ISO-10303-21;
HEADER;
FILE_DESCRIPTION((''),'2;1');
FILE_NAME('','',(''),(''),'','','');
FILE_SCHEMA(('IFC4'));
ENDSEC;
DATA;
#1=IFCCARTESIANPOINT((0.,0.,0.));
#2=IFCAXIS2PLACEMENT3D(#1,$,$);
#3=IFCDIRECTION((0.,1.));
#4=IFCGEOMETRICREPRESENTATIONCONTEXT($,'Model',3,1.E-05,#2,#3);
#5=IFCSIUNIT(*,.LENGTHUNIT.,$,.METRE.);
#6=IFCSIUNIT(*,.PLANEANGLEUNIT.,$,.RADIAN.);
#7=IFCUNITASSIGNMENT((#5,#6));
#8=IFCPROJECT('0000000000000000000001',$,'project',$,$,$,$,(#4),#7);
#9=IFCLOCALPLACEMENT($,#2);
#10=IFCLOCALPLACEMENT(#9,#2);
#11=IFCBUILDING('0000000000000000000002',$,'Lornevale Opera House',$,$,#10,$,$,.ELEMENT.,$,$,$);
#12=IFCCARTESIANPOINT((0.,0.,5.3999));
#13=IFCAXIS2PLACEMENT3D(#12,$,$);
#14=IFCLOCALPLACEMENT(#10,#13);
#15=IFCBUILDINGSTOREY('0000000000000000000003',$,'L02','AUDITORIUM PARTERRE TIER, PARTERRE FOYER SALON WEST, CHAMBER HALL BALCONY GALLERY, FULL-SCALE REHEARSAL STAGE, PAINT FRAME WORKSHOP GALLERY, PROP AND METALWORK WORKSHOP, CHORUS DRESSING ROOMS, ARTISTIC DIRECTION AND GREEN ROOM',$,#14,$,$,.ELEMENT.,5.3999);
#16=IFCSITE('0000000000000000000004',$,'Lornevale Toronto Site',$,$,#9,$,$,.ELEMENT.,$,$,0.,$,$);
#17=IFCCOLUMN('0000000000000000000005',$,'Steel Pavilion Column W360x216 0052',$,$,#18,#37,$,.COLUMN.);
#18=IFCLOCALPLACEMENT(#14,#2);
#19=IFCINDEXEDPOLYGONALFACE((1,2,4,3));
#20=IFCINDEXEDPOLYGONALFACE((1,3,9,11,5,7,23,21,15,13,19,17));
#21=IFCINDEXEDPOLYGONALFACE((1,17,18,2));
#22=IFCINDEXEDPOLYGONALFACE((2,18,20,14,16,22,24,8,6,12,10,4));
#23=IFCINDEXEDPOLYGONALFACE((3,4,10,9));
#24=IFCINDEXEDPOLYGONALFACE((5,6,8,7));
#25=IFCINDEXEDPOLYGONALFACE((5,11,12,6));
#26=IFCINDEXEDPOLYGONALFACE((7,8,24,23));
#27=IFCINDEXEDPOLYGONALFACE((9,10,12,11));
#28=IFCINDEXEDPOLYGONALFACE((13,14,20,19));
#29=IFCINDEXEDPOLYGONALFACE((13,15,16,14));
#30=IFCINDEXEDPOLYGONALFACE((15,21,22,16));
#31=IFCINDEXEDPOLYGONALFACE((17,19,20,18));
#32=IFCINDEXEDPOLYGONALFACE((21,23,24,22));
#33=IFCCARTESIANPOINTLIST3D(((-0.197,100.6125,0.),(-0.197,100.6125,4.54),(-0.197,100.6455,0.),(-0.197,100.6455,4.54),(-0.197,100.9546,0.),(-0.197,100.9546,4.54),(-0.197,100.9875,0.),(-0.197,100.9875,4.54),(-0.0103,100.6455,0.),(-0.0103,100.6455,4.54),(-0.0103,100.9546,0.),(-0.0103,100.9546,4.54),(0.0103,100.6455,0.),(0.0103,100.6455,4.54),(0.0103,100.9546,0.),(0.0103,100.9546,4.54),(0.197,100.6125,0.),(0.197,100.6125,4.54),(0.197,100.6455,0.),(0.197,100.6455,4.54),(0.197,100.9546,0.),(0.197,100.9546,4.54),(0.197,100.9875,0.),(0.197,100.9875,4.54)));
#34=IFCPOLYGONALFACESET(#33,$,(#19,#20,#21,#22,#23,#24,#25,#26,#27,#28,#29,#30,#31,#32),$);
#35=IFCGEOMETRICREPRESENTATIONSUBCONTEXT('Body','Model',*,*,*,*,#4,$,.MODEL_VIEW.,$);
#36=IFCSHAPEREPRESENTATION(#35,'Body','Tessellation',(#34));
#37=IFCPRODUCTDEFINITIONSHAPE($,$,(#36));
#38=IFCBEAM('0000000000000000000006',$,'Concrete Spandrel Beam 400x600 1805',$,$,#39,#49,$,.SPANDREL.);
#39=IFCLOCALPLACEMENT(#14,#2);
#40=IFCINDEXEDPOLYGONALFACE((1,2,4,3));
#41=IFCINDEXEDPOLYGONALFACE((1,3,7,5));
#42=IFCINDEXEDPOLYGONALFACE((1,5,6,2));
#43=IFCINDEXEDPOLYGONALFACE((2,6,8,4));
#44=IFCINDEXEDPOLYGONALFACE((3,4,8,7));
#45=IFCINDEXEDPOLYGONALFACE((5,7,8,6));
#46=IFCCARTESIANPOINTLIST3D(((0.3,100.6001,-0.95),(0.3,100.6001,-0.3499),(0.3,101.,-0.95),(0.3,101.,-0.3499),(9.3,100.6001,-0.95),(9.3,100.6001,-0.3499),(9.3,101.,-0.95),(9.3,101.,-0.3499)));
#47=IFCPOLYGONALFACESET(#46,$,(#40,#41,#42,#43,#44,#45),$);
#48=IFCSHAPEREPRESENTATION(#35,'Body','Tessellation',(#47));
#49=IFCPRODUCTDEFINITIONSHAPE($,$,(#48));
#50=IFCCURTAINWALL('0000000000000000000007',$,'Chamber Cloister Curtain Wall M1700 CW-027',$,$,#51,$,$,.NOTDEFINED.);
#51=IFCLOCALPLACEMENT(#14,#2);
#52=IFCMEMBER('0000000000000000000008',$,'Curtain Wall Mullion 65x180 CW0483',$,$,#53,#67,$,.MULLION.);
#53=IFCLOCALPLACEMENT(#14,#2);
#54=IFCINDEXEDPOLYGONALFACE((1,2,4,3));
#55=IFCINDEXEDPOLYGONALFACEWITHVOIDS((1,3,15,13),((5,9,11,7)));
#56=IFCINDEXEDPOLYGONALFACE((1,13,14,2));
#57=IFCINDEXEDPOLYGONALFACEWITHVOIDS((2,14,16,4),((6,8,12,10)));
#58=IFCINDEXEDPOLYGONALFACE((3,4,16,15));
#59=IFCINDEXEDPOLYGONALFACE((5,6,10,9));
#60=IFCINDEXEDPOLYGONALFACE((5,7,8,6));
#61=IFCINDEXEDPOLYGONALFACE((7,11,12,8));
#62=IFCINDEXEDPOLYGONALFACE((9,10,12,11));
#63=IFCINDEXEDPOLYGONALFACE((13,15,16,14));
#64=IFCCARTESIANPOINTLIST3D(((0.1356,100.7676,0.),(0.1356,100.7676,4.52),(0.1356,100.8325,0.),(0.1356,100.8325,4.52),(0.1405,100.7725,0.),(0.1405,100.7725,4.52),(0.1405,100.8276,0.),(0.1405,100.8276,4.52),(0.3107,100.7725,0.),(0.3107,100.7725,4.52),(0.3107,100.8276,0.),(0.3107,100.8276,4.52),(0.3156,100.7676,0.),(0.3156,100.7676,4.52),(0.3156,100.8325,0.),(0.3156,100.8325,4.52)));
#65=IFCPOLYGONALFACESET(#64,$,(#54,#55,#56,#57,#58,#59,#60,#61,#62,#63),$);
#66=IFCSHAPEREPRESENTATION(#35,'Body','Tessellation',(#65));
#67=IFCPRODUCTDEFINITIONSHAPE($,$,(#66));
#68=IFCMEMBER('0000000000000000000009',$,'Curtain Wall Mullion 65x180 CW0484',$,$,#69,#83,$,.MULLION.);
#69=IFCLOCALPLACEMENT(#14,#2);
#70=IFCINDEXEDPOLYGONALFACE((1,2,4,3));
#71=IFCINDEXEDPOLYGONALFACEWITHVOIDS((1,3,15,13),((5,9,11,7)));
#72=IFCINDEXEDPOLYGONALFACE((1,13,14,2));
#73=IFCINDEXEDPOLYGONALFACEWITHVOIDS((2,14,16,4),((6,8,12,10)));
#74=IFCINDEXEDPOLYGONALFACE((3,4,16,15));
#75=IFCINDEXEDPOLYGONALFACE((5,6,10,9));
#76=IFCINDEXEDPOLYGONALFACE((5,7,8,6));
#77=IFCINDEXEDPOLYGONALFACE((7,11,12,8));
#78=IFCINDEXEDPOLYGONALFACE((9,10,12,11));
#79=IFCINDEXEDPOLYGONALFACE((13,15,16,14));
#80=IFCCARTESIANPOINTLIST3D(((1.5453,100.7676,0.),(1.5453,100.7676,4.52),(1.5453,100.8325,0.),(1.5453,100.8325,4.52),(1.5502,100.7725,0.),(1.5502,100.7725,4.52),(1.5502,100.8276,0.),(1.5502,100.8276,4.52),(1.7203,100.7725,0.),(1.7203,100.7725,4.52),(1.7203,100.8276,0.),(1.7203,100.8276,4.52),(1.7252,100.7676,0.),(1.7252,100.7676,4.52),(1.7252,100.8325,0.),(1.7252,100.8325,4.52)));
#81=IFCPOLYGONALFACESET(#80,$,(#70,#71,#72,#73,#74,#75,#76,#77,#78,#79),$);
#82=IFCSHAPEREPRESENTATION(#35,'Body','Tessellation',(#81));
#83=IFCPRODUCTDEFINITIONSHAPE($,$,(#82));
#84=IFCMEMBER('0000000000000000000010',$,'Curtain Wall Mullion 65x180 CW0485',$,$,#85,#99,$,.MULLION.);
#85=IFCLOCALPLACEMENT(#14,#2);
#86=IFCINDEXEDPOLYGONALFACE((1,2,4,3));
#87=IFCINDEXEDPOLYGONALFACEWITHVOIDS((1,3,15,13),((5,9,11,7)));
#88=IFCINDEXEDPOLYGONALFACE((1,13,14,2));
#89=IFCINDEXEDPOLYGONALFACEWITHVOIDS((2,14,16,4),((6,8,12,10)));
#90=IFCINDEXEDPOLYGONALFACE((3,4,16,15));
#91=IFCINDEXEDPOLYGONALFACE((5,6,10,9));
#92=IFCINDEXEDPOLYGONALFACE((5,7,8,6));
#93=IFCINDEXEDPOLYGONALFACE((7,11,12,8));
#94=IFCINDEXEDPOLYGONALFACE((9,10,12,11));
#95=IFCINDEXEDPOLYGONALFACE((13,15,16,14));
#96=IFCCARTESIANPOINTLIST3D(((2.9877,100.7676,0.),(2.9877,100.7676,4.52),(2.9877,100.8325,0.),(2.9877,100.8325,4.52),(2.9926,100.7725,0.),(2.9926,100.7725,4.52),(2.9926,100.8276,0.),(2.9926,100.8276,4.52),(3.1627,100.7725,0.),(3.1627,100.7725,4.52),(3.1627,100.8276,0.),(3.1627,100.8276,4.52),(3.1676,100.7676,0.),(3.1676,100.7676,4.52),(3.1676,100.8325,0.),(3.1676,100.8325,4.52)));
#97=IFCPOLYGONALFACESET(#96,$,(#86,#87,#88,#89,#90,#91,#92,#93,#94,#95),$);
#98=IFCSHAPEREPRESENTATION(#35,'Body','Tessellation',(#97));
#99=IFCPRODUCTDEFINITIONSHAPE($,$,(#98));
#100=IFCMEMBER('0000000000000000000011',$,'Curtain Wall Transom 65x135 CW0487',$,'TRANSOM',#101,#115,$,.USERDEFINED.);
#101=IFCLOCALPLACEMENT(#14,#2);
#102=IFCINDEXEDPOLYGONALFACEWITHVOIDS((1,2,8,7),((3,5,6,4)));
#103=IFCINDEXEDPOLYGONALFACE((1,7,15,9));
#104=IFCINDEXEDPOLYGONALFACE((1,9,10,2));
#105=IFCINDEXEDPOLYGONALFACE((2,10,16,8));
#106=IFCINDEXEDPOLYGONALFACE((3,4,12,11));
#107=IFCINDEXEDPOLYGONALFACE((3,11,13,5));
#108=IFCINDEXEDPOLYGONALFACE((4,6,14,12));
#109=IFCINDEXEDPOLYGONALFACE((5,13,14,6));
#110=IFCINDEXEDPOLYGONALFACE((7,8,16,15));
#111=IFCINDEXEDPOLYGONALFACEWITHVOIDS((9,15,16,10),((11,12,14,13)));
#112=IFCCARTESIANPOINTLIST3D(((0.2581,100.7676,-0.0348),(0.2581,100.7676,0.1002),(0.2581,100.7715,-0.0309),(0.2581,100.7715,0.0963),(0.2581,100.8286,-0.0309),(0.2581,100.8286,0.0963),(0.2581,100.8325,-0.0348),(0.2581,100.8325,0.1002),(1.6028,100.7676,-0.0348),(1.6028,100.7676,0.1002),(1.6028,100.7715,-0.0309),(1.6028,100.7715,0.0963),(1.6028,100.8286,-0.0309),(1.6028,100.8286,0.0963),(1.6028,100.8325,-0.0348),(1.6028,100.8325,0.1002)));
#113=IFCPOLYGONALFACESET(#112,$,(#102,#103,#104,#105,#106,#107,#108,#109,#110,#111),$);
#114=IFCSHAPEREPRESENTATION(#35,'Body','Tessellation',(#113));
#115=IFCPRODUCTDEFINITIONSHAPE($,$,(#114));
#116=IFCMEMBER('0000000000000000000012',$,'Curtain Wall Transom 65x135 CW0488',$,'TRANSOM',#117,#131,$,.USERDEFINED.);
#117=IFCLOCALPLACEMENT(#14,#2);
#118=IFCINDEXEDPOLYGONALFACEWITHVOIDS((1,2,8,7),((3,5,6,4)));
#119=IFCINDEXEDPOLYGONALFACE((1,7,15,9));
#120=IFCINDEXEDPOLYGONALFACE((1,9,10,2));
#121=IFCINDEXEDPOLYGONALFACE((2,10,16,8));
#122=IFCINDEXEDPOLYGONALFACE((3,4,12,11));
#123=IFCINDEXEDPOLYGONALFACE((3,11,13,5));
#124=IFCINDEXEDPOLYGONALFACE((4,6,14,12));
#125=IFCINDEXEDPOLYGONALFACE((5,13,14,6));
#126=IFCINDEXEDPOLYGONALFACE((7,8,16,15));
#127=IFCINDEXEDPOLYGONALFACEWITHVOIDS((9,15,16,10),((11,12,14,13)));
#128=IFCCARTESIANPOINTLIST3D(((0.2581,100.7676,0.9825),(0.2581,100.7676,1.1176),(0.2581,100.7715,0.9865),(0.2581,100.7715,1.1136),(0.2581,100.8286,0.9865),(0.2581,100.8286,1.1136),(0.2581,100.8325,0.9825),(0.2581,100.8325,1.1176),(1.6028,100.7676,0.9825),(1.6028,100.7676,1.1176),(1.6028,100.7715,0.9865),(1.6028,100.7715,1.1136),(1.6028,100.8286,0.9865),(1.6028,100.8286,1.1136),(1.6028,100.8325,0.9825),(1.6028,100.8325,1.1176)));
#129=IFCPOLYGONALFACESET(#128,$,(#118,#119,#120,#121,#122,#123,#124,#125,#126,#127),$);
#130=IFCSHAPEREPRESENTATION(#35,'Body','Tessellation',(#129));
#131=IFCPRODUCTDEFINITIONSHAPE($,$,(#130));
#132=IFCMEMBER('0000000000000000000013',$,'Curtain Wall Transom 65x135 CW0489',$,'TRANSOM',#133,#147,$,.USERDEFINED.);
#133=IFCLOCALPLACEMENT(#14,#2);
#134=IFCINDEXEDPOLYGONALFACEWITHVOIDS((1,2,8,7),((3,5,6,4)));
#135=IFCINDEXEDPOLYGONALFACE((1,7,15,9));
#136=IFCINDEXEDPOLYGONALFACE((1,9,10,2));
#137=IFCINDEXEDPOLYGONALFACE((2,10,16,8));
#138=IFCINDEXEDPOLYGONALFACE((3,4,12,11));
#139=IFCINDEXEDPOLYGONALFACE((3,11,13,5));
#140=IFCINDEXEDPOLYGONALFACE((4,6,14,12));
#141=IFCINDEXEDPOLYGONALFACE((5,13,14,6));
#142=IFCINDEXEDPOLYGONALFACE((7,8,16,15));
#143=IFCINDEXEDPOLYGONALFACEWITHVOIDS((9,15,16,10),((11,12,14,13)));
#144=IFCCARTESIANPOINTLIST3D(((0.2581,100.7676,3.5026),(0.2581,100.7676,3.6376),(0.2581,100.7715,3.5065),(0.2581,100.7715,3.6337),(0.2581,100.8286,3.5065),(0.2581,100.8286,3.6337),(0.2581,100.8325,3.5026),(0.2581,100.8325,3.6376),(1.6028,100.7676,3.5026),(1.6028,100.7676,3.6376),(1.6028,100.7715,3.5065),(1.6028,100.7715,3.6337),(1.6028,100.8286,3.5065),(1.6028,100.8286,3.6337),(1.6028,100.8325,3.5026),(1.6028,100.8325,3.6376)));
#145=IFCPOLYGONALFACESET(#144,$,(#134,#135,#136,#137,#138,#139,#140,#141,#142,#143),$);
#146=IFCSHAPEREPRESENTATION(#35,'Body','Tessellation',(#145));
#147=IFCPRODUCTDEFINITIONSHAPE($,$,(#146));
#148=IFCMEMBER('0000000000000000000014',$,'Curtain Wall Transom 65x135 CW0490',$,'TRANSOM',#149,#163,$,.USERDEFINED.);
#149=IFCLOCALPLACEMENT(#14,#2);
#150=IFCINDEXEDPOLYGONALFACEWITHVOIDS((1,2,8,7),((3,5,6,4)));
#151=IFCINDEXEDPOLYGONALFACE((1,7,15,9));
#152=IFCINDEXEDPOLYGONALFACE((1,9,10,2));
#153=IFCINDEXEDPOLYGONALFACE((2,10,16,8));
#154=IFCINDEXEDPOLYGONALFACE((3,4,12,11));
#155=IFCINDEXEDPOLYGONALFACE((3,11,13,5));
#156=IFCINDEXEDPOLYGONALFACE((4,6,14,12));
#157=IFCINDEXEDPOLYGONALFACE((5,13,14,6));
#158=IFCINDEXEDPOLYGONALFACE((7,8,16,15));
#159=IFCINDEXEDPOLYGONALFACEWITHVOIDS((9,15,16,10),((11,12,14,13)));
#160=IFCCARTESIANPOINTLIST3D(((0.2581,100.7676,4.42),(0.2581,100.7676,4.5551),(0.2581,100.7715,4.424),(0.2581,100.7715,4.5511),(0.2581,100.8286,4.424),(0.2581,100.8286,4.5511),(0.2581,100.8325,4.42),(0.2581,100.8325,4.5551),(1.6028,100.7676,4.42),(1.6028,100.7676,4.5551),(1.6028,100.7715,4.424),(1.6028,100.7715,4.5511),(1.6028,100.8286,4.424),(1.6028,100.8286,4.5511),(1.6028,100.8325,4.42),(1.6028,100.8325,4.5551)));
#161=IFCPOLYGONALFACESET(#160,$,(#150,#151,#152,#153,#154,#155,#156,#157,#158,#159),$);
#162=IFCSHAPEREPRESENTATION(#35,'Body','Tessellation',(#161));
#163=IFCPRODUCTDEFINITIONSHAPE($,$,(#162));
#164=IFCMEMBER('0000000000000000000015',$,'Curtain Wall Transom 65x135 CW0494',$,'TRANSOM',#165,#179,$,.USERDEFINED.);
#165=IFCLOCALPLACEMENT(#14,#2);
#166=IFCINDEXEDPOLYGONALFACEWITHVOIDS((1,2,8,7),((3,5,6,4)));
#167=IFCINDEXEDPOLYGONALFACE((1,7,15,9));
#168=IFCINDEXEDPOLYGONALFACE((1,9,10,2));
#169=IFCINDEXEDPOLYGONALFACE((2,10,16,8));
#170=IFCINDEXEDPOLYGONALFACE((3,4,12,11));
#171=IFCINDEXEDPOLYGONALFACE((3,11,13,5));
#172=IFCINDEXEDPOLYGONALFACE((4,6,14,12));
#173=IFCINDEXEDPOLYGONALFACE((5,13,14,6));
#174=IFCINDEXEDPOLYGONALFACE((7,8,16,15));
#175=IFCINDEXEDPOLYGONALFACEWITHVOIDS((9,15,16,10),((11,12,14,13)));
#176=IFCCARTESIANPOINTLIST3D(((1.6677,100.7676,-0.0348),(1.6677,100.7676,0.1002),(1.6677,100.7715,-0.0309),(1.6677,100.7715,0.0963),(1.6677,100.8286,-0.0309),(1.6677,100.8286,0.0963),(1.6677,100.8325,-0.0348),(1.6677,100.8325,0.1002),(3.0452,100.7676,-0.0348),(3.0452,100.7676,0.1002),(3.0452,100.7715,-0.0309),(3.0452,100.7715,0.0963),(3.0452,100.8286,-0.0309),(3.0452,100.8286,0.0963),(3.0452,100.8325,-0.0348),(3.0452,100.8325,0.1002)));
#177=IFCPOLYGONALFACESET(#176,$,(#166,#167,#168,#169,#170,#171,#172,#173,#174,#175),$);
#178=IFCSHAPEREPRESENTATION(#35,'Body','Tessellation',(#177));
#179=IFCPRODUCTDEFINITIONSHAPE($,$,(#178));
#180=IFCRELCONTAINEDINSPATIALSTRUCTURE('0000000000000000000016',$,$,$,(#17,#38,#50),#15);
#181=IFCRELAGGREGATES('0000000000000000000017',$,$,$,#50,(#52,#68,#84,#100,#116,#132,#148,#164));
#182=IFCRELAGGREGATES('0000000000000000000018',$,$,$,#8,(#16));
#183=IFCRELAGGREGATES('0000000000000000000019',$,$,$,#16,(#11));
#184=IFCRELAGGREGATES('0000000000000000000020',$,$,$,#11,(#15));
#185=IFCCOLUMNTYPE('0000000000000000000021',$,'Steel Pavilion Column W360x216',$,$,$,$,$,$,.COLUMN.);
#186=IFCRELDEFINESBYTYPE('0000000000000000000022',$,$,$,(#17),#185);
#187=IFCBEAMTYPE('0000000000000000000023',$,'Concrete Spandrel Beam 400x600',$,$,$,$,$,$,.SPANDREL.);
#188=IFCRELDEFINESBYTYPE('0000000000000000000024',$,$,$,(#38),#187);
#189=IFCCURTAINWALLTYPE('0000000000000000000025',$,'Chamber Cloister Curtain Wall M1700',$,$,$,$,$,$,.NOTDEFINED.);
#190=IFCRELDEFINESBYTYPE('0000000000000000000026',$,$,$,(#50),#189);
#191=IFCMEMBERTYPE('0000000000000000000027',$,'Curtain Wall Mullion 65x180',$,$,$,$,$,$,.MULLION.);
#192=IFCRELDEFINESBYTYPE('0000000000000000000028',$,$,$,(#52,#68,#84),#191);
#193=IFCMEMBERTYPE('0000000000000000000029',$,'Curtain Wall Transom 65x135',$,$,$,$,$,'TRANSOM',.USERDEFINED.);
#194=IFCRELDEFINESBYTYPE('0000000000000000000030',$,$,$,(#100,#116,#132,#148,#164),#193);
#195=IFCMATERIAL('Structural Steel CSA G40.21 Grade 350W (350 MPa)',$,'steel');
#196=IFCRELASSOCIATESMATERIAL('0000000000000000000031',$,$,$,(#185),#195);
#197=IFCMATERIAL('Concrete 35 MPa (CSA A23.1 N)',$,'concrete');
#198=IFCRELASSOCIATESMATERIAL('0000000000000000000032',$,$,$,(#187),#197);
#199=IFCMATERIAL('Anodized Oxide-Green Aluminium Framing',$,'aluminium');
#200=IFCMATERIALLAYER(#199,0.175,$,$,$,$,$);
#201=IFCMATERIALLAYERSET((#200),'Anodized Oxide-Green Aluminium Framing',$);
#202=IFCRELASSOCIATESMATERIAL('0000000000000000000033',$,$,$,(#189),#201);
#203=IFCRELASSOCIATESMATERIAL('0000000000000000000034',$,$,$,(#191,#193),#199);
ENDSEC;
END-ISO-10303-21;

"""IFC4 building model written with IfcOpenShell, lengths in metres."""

from ifc_helpers import new_model, si_unit, direction, frame, origin, origin_2d, place, context, subcontext, project, spatial, rectangle, hollow_rectangle, i_section, extrude, material, layer, layer_set, material_profile, profile_set, type_object, element, aggregate, save


model = new_model("IFC4")

# Units and contexts
model_context = context("Model", 3, precision=1e-05, world=origin(), true_north=direction((0.0, 1.0)))
body_context = subcontext(model_context, "Body", "Model", "MODEL_VIEW")
ifc_project = project(units=[si_unit("LENGTHUNIT", "METRE"), si_unit("PLANEANGLEUNIT", "RADIAN")], contexts=[model_context])

# Site, building, storey
site_placement = place(None, origin())
site = spatial("IfcSite", under=ifc_project, at=site_placement, Name="Lornevale Toronto Site", CompositionType="ELEMENT", RefElevation=0.0)
building_placement = place(site_placement, origin())
building = spatial("IfcBuilding", under=site, at=building_placement, Name="Lornevale Opera House", CompositionType="ELEMENT")
storey_placement = place(building_placement, frame((0.0, 0.0, 5.3999)))
storey = spatial("IfcBuildingStorey", under=building, at=storey_placement, Name="L02", Description="AUDITORIUM PARTERRE TIER, PARTERRE FOYER SALON WEST, CHAMBER HALL BALCONY GALLERY, FULL-SCALE REHEARSAL STAGE, PAINT FRAME WORKSHOP GALLERY, PROP AND METALWORK WORKSHOP, CHORUS DRESSING ROOMS, ARTISTIC DIRECTION AND GREEN ROOM", CompositionType="ELEMENT", Elevation=5.3999)

# Column
ifc_material_1 = material(Name="Structural Steel CSA G40.21 Grade 350W (350 MPa)", Category="steel")
ifc_material_profile_1 = material_profile(ifc_material_1, i_section(OverallWidth=0.394, OverallDepth=0.375, WebThickness=0.0205, FlangeThickness=0.033, at=origin_2d()), Name="W360x216")
ifc_profile_set_1 = profile_set([ifc_material_profile_1], Name="Structural Steel CSA G40.21 Grade 350W (350 MPa)")
column_type = type_object("IfcColumnType", Name="Steel Pavilion Column W360x216", PredefinedType="COLUMN", material=ifc_profile_set_1)
column_placement = place(storey_placement, frame((0.0, 100.8, 0.0), z_axis=(0.0, 0.0, 1.0), x_axis=(1.0, 0.0, 0.0)))
element("IfcColumn", 1, at=column_placement, inside=storey, type_object=column_type, Name="Steel Pavilion Column W360x216 0052", PredefinedType="COLUMN", context=body_context, shape_type="SweptSolid", body=[
    extrude(i_section(OverallWidth=0.394, OverallDepth=0.375, WebThickness=0.0205, FlangeThickness=0.033, at=origin_2d()), origin(), (0.0, 0.0, 1.0), 4.54),
])

# Beam
ifc_material_2 = material(Name="Concrete 35 MPa (CSA A23.1 N)", Category="concrete")
ifc_material_profile_2 = material_profile(ifc_material_2, rectangle(XDim=0.3999, YDim=0.6001, at=origin_2d()), Name="RC400x600")
ifc_profile_set_2 = profile_set([ifc_material_profile_2], Name="Concrete 35 MPa (CSA A23.1 N)")
beam_type_1 = type_object("IfcBeamType", Name="Concrete Spandrel Beam 400x600", PredefinedType="SPANDREL", material=ifc_profile_set_2)
beam_1_placement = place(storey_placement, frame((0.3, 100.8, -0.6499), z_axis=(1.0, 0.0, 0.0), x_axis=(0.0, 1.0, 0.0)))
element("IfcBeam", 2, at=beam_1_placement, inside=storey, type_object=beam_type_1, Name="Concrete Spandrel Beam 400x600 1805", PredefinedType="SPANDREL", context=body_context, shape_type="SweptSolid", body=[
    extrude(rectangle(XDim=0.3999, YDim=0.6001, at=origin_2d()), origin(), (0.0, 0.0, 1.0), 9.0),
])

# Curtain wall, members
ifc_material_3 = material(Name="Anodized Oxide-Green Aluminium Framing", Category="aluminium")
ifc_layer_1 = layer(ifc_material_3, 0.175)
ifc_layer_set_1 = layer_set([ifc_layer_1], Name="Anodized Oxide-Green Aluminium Framing")
curtain_wall_type = type_object("IfcCurtainWallType", Name="Chamber Cloister Curtain Wall M1700", PredefinedType="NOTDEFINED", material=ifc_layer_set_1)
curtain_wall_placement = place(storey_placement, origin())
curtain_wall = element("IfcCurtainWall", 3, at=curtain_wall_placement, inside=storey, type_object=curtain_wall_type, Name="Chamber Cloister Curtain Wall M1700 CW-027", PredefinedType="NOTDEFINED")
ifc_material_profile_3 = material_profile(ifc_material_3, hollow_rectangle(XDim=0.0649, YDim=0.1799, WallThickness=0.0049, at=origin_2d()), Name="ALU65x180x5")
ifc_profile_set_3 = profile_set([ifc_material_profile_3], Name="Anodized Oxide-Green Aluminium Framing")
member_type_1 = type_object("IfcMemberType", Name="Curtain Wall Mullion 65x180", PredefinedType="MULLION", material=ifc_profile_set_3)
member_1_placement = place(storey_placement, frame((0.2256, 100.8, 0.0), z_axis=(0.0, 0.0, 1.0), x_axis=(0.0, 1.0, 0.0)))
member_1 = element("IfcMember", 4, at=member_1_placement, type_object=member_type_1, Name="Curtain Wall Mullion 65x180 CW0483", PredefinedType="MULLION", context=body_context, shape_type="SweptSolid", body=[
    extrude(hollow_rectangle(XDim=0.0649, YDim=0.1799, WallThickness=0.0049, at=origin_2d()), origin(), (0.0, 0.0, 1.0), 4.52),
])
member_2_placement = place(storey_placement, frame((1.6353, 100.8, 0.0), z_axis=(0.0, 0.0, 1.0), x_axis=(0.0, 1.0, 0.0)))
member_2 = element("IfcMember", 5, at=member_2_placement, type_object=member_type_1, Name="Curtain Wall Mullion 65x180 CW0484", PredefinedType="MULLION", context=body_context, shape_type="SweptSolid", body=[
    extrude(hollow_rectangle(XDim=0.0649, YDim=0.1799, WallThickness=0.0049, at=origin_2d()), origin(), (0.0, 0.0, 1.0), 4.52),
])
member_3_placement = place(storey_placement, frame((3.0776, 100.8, 0.0), z_axis=(0.0, 0.0, 1.0), x_axis=(0.0, 1.0, 0.0)))
member_3 = element("IfcMember", 6, at=member_3_placement, type_object=member_type_1, Name="Curtain Wall Mullion 65x180 CW0485", PredefinedType="MULLION", context=body_context, shape_type="SweptSolid", body=[
    extrude(hollow_rectangle(XDim=0.0649, YDim=0.1799, WallThickness=0.0049, at=origin_2d()), origin(), (0.0, 0.0, 1.0), 4.52),
])
ifc_material_profile_4 = material_profile(ifc_material_3, hollow_rectangle(XDim=0.0649, YDim=0.135, WallThickness=0.0039, at=origin_2d()), Name="ALU65x135x4")
ifc_profile_set_4 = profile_set([ifc_material_profile_4], Name="Anodized Oxide-Green Aluminium Framing")
member_type_2 = type_object("IfcMemberType", Name="Curtain Wall Transom 65x135", ElementType="TRANSOM", PredefinedType="USERDEFINED", material=ifc_profile_set_4)
member_4_placement = place(storey_placement, frame((0.2581, 100.8, 0.0327), z_axis=(1.0, 0.0, 0.0), x_axis=(0.0, 1.0, 0.0)))
member_4 = element("IfcMember", 7, at=member_4_placement, type_object=member_type_2, Name="Curtain Wall Transom 65x135 CW0487", ObjectType="TRANSOM", PredefinedType="USERDEFINED", context=body_context, shape_type="SweptSolid", body=[
    extrude(hollow_rectangle(XDim=0.0649, YDim=0.135, WallThickness=0.0039, at=origin_2d()), origin(), (0.0, 0.0, 1.0), 1.3447),
])
member_5_placement = place(storey_placement, frame((0.2581, 100.8, 1.05), z_axis=(1.0, 0.0, 0.0), x_axis=(0.0, 1.0, 0.0)))
member_5 = element("IfcMember", 8, at=member_5_placement, type_object=member_type_2, Name="Curtain Wall Transom 65x135 CW0488", ObjectType="TRANSOM", PredefinedType="USERDEFINED", context=body_context, shape_type="SweptSolid", body=[
    extrude(hollow_rectangle(XDim=0.0649, YDim=0.135, WallThickness=0.0039, at=origin_2d()), origin(), (0.0, 0.0, 1.0), 1.3447),
])
member_6_placement = place(storey_placement, frame((0.2581, 100.8, 3.5701), z_axis=(1.0, 0.0, 0.0), x_axis=(0.0, 1.0, 0.0)))
member_6 = element("IfcMember", 9, at=member_6_placement, type_object=member_type_2, Name="Curtain Wall Transom 65x135 CW0489", ObjectType="TRANSOM", PredefinedType="USERDEFINED", context=body_context, shape_type="SweptSolid", body=[
    extrude(hollow_rectangle(XDim=0.0649, YDim=0.135, WallThickness=0.0039, at=origin_2d()), origin(), (0.0, 0.0, 1.0), 1.3447),
])
member_7_placement = place(storey_placement, frame((0.2581, 100.8, 4.4875), z_axis=(1.0, 0.0, 0.0), x_axis=(0.0, 1.0, 0.0)))
member_7 = element("IfcMember", 10, at=member_7_placement, type_object=member_type_2, Name="Curtain Wall Transom 65x135 CW0490", ObjectType="TRANSOM", PredefinedType="USERDEFINED", context=body_context, shape_type="SweptSolid", body=[
    extrude(hollow_rectangle(XDim=0.0649, YDim=0.135, WallThickness=0.0039, at=origin_2d()), origin(), (0.0, 0.0, 1.0), 1.3447),
])
member_8_placement = place(storey_placement, frame((1.6677, 100.8, 0.0327), z_axis=(1.0, 0.0, 0.0), x_axis=(0.0, 1.0, 0.0)))
member_8 = element("IfcMember", 11, at=member_8_placement, type_object=member_type_2, Name="Curtain Wall Transom 65x135 CW0494", ObjectType="TRANSOM", PredefinedType="USERDEFINED", context=body_context, shape_type="SweptSolid", body=[
    extrude(hollow_rectangle(XDim=0.0649, YDim=0.135, WallThickness=0.0039, at=origin_2d()), origin(), (0.0, 0.0, 1.0), 1.3774),
])

aggregate(curtain_wall, [member_1, member_2, member_3, member_4, member_5, member_6, member_7, member_8])

save(model, "model.ifc")
